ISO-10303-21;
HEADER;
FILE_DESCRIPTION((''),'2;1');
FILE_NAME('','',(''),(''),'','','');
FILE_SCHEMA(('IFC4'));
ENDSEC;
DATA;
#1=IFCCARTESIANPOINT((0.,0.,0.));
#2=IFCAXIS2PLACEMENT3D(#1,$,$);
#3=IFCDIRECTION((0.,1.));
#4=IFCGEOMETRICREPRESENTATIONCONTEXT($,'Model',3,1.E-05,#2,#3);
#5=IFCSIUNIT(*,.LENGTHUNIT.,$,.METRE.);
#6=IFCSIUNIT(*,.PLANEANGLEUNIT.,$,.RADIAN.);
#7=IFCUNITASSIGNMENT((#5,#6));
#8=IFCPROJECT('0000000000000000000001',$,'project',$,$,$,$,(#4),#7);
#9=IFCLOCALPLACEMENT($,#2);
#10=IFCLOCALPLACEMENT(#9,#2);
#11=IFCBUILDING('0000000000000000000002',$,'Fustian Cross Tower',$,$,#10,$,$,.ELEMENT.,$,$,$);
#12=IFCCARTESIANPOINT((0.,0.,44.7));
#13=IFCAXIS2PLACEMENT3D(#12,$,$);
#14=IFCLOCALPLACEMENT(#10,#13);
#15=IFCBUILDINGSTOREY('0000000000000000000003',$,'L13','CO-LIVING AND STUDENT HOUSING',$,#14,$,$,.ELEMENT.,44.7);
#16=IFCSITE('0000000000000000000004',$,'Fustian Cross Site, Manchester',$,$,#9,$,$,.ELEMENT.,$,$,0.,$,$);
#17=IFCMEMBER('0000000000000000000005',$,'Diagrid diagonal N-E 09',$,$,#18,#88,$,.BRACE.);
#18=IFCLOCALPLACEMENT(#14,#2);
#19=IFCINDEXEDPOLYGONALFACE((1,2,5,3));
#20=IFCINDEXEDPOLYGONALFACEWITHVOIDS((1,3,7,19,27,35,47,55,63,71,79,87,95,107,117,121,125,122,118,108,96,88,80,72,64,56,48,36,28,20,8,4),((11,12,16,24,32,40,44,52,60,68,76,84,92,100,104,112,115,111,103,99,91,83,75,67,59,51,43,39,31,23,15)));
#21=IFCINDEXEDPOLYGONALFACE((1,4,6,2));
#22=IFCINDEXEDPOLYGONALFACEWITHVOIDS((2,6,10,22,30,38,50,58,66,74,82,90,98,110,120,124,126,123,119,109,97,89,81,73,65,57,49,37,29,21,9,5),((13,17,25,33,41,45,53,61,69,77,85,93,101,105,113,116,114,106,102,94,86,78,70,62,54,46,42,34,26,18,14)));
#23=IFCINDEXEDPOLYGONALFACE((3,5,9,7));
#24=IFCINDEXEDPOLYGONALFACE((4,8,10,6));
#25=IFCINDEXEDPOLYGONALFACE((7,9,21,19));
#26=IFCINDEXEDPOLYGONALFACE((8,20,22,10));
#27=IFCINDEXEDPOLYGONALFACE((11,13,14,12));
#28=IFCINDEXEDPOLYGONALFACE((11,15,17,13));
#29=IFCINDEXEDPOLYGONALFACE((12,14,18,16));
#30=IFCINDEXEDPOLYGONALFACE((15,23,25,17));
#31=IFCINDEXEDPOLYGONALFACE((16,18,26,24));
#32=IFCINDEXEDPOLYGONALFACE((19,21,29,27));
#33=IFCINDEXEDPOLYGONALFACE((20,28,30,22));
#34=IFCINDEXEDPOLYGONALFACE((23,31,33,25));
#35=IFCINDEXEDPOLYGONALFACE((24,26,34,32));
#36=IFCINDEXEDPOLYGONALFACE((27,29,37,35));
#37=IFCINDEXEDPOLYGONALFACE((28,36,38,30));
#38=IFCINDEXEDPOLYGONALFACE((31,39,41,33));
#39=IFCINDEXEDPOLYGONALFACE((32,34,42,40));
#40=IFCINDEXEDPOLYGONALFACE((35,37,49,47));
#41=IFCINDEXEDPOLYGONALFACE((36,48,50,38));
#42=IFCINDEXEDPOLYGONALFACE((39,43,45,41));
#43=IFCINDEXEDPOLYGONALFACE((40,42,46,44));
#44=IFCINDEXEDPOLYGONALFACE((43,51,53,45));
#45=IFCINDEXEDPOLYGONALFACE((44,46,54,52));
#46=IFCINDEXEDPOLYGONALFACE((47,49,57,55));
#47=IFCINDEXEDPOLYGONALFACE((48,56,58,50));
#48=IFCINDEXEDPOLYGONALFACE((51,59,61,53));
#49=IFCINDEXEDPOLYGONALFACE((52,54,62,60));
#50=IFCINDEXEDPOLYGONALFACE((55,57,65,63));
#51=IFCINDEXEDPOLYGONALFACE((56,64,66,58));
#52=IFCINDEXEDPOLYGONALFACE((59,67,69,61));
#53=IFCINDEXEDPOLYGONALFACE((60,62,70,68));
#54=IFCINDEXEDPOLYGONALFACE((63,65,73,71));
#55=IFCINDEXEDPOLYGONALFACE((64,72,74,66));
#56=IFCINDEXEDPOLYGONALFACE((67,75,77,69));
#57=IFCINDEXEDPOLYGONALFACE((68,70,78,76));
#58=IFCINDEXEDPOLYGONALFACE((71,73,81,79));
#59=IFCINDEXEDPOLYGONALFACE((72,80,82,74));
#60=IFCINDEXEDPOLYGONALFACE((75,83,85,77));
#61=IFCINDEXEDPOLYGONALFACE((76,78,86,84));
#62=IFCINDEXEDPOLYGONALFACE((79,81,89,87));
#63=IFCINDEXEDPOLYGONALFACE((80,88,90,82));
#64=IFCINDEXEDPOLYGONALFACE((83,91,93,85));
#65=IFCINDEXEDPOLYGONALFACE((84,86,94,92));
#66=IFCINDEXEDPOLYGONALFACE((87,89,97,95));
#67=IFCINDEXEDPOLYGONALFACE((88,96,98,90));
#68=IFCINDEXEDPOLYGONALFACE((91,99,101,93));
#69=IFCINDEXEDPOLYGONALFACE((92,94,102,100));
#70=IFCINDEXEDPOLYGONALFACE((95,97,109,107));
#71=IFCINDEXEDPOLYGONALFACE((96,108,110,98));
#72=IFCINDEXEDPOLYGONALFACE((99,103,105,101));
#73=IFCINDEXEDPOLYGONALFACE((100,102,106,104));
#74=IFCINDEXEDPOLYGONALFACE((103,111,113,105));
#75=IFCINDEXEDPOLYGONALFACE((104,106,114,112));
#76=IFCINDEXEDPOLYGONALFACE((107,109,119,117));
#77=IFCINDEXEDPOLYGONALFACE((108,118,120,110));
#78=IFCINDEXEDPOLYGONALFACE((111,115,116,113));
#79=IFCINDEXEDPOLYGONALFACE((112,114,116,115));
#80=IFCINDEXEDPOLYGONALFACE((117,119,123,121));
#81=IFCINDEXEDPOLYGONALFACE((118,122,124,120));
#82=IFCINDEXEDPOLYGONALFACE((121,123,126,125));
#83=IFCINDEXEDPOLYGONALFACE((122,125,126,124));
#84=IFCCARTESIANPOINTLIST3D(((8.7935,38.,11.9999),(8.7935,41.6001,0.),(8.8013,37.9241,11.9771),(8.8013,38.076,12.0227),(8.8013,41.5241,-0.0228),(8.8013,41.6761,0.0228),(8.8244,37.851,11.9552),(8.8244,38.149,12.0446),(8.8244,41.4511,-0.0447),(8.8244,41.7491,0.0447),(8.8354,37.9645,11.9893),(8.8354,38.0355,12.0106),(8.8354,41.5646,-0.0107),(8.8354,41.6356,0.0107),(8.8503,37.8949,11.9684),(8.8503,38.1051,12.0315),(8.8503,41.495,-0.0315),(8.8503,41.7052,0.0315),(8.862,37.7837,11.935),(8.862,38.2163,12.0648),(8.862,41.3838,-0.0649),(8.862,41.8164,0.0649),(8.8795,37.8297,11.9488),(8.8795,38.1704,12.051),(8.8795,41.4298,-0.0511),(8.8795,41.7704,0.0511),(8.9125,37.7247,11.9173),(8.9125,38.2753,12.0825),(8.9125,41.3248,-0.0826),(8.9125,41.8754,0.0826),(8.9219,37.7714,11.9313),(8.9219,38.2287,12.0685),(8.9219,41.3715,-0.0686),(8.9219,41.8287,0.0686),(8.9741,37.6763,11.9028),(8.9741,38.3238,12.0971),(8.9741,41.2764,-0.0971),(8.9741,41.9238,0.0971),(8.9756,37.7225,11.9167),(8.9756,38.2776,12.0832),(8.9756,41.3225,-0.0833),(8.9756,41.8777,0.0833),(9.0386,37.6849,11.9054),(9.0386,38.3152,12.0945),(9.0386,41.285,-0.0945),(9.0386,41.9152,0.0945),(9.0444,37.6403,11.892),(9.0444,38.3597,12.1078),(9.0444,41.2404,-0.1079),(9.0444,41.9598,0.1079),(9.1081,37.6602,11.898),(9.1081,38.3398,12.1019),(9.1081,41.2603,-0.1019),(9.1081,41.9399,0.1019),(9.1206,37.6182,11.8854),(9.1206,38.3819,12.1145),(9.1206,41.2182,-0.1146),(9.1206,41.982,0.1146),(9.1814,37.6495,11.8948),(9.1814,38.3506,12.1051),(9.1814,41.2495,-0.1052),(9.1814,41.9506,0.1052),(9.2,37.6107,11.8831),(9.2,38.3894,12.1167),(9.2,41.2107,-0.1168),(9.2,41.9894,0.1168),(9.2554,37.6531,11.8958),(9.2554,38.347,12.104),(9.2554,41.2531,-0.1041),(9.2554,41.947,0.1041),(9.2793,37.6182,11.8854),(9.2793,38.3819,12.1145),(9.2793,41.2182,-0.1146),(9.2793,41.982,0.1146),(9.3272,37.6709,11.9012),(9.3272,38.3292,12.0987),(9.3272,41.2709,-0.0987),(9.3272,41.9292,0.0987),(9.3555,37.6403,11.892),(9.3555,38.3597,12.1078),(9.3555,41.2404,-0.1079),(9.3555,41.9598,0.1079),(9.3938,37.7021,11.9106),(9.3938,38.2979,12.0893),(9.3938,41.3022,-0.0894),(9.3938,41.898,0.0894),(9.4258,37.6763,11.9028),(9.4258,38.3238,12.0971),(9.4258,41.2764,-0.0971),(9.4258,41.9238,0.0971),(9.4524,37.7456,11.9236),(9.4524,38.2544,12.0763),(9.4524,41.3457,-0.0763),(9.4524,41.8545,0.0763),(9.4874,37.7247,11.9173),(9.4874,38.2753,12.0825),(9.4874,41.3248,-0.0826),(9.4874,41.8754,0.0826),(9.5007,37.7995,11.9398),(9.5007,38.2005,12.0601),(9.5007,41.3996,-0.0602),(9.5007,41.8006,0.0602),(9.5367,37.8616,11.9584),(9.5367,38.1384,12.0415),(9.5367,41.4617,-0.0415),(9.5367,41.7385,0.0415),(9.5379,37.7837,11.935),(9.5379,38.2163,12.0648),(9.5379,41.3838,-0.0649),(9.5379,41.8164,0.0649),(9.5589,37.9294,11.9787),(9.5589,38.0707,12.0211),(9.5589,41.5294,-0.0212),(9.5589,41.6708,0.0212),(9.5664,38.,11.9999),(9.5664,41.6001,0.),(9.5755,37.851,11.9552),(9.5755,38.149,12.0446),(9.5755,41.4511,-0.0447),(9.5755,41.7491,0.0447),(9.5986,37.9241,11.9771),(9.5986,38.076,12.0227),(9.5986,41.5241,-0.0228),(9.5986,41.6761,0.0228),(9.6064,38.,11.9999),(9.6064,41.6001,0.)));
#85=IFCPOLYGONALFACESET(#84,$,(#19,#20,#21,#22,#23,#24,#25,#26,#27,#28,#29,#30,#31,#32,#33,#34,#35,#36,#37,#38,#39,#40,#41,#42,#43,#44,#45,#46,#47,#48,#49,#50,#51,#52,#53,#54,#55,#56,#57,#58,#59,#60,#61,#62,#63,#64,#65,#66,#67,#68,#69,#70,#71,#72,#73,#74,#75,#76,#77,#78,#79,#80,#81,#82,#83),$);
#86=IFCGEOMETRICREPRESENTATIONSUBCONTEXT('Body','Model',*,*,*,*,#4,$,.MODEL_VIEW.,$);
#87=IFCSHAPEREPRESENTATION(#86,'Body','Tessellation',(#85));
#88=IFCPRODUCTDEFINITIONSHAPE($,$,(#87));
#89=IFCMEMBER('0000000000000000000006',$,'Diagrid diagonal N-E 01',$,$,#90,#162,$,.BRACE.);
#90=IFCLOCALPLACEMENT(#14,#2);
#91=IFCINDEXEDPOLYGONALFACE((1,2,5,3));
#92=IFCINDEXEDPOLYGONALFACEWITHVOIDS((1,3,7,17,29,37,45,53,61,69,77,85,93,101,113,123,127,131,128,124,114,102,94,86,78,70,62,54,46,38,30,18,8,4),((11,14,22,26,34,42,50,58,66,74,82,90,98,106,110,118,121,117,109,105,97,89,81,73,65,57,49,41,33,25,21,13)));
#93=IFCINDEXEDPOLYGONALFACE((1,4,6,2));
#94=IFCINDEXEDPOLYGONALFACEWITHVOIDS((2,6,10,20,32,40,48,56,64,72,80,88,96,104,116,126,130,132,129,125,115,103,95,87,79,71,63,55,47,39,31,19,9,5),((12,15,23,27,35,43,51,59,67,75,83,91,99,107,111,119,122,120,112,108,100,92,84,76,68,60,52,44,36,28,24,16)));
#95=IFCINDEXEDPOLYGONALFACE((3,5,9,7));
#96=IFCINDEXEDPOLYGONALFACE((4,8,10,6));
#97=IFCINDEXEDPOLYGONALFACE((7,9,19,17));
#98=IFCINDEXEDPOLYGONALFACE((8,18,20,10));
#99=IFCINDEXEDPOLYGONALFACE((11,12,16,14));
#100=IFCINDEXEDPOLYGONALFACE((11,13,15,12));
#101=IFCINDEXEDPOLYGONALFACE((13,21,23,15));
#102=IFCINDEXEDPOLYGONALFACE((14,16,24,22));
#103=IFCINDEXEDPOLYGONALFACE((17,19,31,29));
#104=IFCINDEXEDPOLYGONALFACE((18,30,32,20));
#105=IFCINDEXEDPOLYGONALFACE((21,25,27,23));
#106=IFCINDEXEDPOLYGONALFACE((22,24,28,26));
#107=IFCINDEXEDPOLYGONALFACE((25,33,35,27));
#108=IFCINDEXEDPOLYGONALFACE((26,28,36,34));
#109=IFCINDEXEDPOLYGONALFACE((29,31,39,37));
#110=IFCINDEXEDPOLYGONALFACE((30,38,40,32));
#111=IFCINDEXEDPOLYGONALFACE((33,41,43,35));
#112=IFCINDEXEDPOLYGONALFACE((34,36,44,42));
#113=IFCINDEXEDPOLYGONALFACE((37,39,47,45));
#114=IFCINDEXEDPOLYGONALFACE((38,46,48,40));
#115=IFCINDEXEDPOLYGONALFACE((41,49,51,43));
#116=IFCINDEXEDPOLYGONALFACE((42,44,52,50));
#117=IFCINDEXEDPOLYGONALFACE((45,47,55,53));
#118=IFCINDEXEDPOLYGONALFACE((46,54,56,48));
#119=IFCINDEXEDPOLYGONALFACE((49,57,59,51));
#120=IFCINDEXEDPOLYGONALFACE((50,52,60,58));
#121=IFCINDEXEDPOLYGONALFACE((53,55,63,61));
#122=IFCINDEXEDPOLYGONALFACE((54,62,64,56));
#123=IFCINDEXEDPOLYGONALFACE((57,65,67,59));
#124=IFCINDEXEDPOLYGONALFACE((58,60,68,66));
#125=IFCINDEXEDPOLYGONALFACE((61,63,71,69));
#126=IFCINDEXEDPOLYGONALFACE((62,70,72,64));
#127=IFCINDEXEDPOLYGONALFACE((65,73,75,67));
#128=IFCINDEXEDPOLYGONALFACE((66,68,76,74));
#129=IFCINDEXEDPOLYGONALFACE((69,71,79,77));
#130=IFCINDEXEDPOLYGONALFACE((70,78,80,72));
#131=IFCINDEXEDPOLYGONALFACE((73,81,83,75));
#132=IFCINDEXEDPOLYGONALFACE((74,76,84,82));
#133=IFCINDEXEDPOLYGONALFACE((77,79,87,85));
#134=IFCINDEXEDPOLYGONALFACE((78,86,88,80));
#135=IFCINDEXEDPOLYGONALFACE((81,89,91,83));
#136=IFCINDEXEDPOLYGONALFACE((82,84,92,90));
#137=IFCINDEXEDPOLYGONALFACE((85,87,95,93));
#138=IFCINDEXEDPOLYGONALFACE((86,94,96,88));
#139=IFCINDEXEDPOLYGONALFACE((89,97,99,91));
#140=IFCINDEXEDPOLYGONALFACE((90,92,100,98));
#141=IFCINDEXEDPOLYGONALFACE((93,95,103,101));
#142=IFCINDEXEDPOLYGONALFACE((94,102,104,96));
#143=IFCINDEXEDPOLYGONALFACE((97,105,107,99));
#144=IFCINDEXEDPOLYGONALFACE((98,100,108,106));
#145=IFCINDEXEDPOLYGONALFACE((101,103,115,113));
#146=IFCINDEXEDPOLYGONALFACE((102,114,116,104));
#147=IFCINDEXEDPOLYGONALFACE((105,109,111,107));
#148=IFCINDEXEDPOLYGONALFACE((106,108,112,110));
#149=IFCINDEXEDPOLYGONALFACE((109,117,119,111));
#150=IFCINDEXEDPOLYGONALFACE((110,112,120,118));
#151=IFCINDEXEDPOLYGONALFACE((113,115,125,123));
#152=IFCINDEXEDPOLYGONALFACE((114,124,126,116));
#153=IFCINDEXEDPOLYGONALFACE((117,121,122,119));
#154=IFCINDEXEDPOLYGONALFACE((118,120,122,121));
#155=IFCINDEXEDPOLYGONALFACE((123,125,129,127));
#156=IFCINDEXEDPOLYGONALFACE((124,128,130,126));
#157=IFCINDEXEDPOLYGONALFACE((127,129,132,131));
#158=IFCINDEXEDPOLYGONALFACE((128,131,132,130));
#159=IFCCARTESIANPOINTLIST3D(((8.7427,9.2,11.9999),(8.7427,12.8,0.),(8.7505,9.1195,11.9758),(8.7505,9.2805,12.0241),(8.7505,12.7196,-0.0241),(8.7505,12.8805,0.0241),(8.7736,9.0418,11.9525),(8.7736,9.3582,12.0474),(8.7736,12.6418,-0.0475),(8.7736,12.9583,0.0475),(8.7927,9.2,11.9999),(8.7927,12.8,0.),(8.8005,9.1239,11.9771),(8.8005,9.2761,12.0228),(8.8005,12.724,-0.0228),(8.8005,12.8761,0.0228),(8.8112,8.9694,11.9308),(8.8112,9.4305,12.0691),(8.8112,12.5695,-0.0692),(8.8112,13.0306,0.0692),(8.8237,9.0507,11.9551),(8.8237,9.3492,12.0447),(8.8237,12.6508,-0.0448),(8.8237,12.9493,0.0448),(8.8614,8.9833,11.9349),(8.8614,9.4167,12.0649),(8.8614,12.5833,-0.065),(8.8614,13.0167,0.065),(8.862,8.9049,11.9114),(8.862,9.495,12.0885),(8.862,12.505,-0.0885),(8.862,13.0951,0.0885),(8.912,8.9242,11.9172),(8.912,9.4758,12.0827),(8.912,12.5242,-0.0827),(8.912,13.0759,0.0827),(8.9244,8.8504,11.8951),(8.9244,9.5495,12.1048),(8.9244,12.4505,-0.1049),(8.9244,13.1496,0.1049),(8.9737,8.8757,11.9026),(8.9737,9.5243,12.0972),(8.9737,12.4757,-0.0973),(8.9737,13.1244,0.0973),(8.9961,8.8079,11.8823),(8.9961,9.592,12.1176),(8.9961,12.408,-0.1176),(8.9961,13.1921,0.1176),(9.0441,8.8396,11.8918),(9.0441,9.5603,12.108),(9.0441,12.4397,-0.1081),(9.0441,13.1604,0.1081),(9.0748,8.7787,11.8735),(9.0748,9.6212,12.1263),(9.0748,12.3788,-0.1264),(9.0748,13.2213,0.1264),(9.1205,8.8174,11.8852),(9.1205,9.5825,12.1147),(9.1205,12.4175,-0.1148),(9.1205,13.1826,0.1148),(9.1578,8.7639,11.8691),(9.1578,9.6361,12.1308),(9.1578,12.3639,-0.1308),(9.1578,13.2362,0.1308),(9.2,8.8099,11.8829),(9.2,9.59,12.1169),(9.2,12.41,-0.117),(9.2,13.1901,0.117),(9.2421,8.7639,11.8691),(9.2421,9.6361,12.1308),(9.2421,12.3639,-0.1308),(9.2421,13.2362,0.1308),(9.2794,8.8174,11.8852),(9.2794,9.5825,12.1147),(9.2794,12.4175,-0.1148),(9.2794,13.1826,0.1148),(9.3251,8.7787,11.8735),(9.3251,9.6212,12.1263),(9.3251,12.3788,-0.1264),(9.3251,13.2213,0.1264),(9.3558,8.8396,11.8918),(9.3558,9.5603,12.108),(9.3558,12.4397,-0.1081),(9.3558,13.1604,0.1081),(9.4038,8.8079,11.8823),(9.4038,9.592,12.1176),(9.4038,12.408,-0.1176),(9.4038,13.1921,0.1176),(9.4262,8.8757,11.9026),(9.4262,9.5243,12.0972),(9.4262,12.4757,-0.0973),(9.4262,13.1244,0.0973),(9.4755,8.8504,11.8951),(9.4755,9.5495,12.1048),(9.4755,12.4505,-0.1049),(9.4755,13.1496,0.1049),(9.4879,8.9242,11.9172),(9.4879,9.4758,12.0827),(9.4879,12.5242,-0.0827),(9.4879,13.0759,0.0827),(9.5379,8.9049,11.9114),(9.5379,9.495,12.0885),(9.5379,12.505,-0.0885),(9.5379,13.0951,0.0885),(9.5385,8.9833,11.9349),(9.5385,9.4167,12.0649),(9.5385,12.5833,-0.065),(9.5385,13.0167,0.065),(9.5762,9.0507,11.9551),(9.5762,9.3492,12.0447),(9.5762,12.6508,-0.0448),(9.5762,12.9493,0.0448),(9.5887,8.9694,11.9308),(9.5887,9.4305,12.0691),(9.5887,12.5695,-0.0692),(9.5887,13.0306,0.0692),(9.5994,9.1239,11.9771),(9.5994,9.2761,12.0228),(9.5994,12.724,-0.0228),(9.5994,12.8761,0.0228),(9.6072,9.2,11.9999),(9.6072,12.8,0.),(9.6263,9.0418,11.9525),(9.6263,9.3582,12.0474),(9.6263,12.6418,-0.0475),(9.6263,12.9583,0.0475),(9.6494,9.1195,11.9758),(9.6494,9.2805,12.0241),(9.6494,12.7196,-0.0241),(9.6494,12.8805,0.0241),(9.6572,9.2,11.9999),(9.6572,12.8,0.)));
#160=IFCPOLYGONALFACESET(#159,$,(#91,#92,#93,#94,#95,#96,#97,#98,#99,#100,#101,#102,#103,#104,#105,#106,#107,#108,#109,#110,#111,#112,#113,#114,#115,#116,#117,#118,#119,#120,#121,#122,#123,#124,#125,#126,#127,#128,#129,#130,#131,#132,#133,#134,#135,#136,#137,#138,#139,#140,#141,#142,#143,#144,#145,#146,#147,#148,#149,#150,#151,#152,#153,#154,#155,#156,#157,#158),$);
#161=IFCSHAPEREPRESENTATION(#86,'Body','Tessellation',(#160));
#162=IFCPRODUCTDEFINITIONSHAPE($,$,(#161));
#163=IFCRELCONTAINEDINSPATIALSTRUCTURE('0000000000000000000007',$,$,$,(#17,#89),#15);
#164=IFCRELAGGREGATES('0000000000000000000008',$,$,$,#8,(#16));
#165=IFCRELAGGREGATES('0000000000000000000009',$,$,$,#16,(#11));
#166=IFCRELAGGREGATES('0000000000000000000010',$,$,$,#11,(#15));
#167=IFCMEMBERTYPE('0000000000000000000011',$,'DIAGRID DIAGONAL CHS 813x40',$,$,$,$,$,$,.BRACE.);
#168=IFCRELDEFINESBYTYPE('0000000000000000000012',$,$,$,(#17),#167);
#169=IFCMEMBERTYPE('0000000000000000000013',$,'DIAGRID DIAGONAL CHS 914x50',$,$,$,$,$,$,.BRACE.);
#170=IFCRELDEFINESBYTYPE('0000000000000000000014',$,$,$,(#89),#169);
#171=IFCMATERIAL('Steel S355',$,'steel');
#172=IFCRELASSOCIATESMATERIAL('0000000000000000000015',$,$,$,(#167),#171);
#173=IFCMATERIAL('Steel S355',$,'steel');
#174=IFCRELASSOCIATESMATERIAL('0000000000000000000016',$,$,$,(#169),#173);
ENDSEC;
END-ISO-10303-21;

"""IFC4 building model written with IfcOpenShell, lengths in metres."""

from ifc_helpers import new_model, si_unit, direction, frame, origin, origin_2d, place, context, subcontext, project, spatial, hollow_circle, extrude, material, material_profile, profile_set, type_object, element, save


model = new_model("IFC4")

# Units and contexts
model_context = context("Model", 3, precision=1e-05, world=origin(), true_north=direction((0.0, 1.0)))
body_context = subcontext(model_context, "Body", "Model", "MODEL_VIEW")
ifc_project = project(units=[si_unit("LENGTHUNIT", "METRE"), si_unit("PLANEANGLEUNIT", "RADIAN")], contexts=[model_context])

# Site, building, storey
site_placement = place(None, origin())
site = spatial("IfcSite", under=ifc_project, at=site_placement, Name="Fustian Cross Site, Manchester", CompositionType="ELEMENT", RefElevation=0.0)
building_placement = place(site_placement, origin())
building = spatial("IfcBuilding", under=site, at=building_placement, Name="Fustian Cross Tower", CompositionType="ELEMENT")
storey_placement = place(building_placement, frame((0.0, 0.0, 44.7)))
storey = spatial("IfcBuildingStorey", under=building, at=storey_placement, Name="L13", Description="CO-LIVING AND STUDENT HOUSING", CompositionType="ELEMENT", Elevation=44.7)

# Members
ifc_material_1 = material(Name="Steel S355", Category="steel")
ifc_material_profile_1 = material_profile(ifc_material_1, hollow_circle(Radius=0.4065, WallThickness=0.04, at=origin_2d()), Name="CHS 813x40")
ifc_profile_set_1 = profile_set([ifc_material_profile_1], Name="Steel S355")
member_type_1 = type_object("IfcMemberType", Name="DIAGRID DIAGONAL CHS 813x40", PredefinedType="BRACE", material=ifc_profile_set_1)
for number, where, z_axis, x_axis, name in (
    (1, (9.2, 41.6001, 0.0), (0.0, -0.287355, 0.957824), (1.0, 0.0, 0.0), "Diagrid diagonal N-E 09"),
):
    element("IfcMember", number, at=place(storey_placement, frame(where, z_axis=z_axis, x_axis=x_axis)), inside=storey, type_object=member_type_1, Name=name, PredefinedType="BRACE", context=body_context, shape_type="SweptSolid", body=[
        extrude(hollow_circle(Radius=0.4065, WallThickness=0.04, at=origin_2d()), origin(), (0.0, 0.0, 1.0), 12.5283),
    ])
ifc_material_2 = material(Name="Steel S355", Category="steel")
ifc_material_profile_2 = material_profile(ifc_material_2, hollow_circle(Radius=0.4573, WallThickness=0.05, at=origin_2d()), Name="CHS 914x50")
ifc_profile_set_2 = profile_set([ifc_material_profile_2], Name="Steel S355")
member_type_2 = type_object("IfcMemberType", Name="DIAGRID DIAGONAL CHS 914x50", PredefinedType="BRACE", material=ifc_profile_set_2)
for number, where, z_axis, x_axis, name in (
    (2, (9.2, 12.8, 0.0), (0.0, -0.287355, 0.957824), (1.0, 0.0, 0.0), "Diagrid diagonal N-E 01"),
):
    element("IfcMember", number, at=place(storey_placement, frame(where, z_axis=z_axis, x_axis=x_axis)), inside=storey, type_object=member_type_2, Name=name, PredefinedType="BRACE", context=body_context, shape_type="SweptSolid", body=[
        extrude(hollow_circle(Radius=0.4573, WallThickness=0.05, at=origin_2d()), origin(), (0.0, 0.0, 1.0), 12.5283),
    ])

save(model, "model.ifc")
